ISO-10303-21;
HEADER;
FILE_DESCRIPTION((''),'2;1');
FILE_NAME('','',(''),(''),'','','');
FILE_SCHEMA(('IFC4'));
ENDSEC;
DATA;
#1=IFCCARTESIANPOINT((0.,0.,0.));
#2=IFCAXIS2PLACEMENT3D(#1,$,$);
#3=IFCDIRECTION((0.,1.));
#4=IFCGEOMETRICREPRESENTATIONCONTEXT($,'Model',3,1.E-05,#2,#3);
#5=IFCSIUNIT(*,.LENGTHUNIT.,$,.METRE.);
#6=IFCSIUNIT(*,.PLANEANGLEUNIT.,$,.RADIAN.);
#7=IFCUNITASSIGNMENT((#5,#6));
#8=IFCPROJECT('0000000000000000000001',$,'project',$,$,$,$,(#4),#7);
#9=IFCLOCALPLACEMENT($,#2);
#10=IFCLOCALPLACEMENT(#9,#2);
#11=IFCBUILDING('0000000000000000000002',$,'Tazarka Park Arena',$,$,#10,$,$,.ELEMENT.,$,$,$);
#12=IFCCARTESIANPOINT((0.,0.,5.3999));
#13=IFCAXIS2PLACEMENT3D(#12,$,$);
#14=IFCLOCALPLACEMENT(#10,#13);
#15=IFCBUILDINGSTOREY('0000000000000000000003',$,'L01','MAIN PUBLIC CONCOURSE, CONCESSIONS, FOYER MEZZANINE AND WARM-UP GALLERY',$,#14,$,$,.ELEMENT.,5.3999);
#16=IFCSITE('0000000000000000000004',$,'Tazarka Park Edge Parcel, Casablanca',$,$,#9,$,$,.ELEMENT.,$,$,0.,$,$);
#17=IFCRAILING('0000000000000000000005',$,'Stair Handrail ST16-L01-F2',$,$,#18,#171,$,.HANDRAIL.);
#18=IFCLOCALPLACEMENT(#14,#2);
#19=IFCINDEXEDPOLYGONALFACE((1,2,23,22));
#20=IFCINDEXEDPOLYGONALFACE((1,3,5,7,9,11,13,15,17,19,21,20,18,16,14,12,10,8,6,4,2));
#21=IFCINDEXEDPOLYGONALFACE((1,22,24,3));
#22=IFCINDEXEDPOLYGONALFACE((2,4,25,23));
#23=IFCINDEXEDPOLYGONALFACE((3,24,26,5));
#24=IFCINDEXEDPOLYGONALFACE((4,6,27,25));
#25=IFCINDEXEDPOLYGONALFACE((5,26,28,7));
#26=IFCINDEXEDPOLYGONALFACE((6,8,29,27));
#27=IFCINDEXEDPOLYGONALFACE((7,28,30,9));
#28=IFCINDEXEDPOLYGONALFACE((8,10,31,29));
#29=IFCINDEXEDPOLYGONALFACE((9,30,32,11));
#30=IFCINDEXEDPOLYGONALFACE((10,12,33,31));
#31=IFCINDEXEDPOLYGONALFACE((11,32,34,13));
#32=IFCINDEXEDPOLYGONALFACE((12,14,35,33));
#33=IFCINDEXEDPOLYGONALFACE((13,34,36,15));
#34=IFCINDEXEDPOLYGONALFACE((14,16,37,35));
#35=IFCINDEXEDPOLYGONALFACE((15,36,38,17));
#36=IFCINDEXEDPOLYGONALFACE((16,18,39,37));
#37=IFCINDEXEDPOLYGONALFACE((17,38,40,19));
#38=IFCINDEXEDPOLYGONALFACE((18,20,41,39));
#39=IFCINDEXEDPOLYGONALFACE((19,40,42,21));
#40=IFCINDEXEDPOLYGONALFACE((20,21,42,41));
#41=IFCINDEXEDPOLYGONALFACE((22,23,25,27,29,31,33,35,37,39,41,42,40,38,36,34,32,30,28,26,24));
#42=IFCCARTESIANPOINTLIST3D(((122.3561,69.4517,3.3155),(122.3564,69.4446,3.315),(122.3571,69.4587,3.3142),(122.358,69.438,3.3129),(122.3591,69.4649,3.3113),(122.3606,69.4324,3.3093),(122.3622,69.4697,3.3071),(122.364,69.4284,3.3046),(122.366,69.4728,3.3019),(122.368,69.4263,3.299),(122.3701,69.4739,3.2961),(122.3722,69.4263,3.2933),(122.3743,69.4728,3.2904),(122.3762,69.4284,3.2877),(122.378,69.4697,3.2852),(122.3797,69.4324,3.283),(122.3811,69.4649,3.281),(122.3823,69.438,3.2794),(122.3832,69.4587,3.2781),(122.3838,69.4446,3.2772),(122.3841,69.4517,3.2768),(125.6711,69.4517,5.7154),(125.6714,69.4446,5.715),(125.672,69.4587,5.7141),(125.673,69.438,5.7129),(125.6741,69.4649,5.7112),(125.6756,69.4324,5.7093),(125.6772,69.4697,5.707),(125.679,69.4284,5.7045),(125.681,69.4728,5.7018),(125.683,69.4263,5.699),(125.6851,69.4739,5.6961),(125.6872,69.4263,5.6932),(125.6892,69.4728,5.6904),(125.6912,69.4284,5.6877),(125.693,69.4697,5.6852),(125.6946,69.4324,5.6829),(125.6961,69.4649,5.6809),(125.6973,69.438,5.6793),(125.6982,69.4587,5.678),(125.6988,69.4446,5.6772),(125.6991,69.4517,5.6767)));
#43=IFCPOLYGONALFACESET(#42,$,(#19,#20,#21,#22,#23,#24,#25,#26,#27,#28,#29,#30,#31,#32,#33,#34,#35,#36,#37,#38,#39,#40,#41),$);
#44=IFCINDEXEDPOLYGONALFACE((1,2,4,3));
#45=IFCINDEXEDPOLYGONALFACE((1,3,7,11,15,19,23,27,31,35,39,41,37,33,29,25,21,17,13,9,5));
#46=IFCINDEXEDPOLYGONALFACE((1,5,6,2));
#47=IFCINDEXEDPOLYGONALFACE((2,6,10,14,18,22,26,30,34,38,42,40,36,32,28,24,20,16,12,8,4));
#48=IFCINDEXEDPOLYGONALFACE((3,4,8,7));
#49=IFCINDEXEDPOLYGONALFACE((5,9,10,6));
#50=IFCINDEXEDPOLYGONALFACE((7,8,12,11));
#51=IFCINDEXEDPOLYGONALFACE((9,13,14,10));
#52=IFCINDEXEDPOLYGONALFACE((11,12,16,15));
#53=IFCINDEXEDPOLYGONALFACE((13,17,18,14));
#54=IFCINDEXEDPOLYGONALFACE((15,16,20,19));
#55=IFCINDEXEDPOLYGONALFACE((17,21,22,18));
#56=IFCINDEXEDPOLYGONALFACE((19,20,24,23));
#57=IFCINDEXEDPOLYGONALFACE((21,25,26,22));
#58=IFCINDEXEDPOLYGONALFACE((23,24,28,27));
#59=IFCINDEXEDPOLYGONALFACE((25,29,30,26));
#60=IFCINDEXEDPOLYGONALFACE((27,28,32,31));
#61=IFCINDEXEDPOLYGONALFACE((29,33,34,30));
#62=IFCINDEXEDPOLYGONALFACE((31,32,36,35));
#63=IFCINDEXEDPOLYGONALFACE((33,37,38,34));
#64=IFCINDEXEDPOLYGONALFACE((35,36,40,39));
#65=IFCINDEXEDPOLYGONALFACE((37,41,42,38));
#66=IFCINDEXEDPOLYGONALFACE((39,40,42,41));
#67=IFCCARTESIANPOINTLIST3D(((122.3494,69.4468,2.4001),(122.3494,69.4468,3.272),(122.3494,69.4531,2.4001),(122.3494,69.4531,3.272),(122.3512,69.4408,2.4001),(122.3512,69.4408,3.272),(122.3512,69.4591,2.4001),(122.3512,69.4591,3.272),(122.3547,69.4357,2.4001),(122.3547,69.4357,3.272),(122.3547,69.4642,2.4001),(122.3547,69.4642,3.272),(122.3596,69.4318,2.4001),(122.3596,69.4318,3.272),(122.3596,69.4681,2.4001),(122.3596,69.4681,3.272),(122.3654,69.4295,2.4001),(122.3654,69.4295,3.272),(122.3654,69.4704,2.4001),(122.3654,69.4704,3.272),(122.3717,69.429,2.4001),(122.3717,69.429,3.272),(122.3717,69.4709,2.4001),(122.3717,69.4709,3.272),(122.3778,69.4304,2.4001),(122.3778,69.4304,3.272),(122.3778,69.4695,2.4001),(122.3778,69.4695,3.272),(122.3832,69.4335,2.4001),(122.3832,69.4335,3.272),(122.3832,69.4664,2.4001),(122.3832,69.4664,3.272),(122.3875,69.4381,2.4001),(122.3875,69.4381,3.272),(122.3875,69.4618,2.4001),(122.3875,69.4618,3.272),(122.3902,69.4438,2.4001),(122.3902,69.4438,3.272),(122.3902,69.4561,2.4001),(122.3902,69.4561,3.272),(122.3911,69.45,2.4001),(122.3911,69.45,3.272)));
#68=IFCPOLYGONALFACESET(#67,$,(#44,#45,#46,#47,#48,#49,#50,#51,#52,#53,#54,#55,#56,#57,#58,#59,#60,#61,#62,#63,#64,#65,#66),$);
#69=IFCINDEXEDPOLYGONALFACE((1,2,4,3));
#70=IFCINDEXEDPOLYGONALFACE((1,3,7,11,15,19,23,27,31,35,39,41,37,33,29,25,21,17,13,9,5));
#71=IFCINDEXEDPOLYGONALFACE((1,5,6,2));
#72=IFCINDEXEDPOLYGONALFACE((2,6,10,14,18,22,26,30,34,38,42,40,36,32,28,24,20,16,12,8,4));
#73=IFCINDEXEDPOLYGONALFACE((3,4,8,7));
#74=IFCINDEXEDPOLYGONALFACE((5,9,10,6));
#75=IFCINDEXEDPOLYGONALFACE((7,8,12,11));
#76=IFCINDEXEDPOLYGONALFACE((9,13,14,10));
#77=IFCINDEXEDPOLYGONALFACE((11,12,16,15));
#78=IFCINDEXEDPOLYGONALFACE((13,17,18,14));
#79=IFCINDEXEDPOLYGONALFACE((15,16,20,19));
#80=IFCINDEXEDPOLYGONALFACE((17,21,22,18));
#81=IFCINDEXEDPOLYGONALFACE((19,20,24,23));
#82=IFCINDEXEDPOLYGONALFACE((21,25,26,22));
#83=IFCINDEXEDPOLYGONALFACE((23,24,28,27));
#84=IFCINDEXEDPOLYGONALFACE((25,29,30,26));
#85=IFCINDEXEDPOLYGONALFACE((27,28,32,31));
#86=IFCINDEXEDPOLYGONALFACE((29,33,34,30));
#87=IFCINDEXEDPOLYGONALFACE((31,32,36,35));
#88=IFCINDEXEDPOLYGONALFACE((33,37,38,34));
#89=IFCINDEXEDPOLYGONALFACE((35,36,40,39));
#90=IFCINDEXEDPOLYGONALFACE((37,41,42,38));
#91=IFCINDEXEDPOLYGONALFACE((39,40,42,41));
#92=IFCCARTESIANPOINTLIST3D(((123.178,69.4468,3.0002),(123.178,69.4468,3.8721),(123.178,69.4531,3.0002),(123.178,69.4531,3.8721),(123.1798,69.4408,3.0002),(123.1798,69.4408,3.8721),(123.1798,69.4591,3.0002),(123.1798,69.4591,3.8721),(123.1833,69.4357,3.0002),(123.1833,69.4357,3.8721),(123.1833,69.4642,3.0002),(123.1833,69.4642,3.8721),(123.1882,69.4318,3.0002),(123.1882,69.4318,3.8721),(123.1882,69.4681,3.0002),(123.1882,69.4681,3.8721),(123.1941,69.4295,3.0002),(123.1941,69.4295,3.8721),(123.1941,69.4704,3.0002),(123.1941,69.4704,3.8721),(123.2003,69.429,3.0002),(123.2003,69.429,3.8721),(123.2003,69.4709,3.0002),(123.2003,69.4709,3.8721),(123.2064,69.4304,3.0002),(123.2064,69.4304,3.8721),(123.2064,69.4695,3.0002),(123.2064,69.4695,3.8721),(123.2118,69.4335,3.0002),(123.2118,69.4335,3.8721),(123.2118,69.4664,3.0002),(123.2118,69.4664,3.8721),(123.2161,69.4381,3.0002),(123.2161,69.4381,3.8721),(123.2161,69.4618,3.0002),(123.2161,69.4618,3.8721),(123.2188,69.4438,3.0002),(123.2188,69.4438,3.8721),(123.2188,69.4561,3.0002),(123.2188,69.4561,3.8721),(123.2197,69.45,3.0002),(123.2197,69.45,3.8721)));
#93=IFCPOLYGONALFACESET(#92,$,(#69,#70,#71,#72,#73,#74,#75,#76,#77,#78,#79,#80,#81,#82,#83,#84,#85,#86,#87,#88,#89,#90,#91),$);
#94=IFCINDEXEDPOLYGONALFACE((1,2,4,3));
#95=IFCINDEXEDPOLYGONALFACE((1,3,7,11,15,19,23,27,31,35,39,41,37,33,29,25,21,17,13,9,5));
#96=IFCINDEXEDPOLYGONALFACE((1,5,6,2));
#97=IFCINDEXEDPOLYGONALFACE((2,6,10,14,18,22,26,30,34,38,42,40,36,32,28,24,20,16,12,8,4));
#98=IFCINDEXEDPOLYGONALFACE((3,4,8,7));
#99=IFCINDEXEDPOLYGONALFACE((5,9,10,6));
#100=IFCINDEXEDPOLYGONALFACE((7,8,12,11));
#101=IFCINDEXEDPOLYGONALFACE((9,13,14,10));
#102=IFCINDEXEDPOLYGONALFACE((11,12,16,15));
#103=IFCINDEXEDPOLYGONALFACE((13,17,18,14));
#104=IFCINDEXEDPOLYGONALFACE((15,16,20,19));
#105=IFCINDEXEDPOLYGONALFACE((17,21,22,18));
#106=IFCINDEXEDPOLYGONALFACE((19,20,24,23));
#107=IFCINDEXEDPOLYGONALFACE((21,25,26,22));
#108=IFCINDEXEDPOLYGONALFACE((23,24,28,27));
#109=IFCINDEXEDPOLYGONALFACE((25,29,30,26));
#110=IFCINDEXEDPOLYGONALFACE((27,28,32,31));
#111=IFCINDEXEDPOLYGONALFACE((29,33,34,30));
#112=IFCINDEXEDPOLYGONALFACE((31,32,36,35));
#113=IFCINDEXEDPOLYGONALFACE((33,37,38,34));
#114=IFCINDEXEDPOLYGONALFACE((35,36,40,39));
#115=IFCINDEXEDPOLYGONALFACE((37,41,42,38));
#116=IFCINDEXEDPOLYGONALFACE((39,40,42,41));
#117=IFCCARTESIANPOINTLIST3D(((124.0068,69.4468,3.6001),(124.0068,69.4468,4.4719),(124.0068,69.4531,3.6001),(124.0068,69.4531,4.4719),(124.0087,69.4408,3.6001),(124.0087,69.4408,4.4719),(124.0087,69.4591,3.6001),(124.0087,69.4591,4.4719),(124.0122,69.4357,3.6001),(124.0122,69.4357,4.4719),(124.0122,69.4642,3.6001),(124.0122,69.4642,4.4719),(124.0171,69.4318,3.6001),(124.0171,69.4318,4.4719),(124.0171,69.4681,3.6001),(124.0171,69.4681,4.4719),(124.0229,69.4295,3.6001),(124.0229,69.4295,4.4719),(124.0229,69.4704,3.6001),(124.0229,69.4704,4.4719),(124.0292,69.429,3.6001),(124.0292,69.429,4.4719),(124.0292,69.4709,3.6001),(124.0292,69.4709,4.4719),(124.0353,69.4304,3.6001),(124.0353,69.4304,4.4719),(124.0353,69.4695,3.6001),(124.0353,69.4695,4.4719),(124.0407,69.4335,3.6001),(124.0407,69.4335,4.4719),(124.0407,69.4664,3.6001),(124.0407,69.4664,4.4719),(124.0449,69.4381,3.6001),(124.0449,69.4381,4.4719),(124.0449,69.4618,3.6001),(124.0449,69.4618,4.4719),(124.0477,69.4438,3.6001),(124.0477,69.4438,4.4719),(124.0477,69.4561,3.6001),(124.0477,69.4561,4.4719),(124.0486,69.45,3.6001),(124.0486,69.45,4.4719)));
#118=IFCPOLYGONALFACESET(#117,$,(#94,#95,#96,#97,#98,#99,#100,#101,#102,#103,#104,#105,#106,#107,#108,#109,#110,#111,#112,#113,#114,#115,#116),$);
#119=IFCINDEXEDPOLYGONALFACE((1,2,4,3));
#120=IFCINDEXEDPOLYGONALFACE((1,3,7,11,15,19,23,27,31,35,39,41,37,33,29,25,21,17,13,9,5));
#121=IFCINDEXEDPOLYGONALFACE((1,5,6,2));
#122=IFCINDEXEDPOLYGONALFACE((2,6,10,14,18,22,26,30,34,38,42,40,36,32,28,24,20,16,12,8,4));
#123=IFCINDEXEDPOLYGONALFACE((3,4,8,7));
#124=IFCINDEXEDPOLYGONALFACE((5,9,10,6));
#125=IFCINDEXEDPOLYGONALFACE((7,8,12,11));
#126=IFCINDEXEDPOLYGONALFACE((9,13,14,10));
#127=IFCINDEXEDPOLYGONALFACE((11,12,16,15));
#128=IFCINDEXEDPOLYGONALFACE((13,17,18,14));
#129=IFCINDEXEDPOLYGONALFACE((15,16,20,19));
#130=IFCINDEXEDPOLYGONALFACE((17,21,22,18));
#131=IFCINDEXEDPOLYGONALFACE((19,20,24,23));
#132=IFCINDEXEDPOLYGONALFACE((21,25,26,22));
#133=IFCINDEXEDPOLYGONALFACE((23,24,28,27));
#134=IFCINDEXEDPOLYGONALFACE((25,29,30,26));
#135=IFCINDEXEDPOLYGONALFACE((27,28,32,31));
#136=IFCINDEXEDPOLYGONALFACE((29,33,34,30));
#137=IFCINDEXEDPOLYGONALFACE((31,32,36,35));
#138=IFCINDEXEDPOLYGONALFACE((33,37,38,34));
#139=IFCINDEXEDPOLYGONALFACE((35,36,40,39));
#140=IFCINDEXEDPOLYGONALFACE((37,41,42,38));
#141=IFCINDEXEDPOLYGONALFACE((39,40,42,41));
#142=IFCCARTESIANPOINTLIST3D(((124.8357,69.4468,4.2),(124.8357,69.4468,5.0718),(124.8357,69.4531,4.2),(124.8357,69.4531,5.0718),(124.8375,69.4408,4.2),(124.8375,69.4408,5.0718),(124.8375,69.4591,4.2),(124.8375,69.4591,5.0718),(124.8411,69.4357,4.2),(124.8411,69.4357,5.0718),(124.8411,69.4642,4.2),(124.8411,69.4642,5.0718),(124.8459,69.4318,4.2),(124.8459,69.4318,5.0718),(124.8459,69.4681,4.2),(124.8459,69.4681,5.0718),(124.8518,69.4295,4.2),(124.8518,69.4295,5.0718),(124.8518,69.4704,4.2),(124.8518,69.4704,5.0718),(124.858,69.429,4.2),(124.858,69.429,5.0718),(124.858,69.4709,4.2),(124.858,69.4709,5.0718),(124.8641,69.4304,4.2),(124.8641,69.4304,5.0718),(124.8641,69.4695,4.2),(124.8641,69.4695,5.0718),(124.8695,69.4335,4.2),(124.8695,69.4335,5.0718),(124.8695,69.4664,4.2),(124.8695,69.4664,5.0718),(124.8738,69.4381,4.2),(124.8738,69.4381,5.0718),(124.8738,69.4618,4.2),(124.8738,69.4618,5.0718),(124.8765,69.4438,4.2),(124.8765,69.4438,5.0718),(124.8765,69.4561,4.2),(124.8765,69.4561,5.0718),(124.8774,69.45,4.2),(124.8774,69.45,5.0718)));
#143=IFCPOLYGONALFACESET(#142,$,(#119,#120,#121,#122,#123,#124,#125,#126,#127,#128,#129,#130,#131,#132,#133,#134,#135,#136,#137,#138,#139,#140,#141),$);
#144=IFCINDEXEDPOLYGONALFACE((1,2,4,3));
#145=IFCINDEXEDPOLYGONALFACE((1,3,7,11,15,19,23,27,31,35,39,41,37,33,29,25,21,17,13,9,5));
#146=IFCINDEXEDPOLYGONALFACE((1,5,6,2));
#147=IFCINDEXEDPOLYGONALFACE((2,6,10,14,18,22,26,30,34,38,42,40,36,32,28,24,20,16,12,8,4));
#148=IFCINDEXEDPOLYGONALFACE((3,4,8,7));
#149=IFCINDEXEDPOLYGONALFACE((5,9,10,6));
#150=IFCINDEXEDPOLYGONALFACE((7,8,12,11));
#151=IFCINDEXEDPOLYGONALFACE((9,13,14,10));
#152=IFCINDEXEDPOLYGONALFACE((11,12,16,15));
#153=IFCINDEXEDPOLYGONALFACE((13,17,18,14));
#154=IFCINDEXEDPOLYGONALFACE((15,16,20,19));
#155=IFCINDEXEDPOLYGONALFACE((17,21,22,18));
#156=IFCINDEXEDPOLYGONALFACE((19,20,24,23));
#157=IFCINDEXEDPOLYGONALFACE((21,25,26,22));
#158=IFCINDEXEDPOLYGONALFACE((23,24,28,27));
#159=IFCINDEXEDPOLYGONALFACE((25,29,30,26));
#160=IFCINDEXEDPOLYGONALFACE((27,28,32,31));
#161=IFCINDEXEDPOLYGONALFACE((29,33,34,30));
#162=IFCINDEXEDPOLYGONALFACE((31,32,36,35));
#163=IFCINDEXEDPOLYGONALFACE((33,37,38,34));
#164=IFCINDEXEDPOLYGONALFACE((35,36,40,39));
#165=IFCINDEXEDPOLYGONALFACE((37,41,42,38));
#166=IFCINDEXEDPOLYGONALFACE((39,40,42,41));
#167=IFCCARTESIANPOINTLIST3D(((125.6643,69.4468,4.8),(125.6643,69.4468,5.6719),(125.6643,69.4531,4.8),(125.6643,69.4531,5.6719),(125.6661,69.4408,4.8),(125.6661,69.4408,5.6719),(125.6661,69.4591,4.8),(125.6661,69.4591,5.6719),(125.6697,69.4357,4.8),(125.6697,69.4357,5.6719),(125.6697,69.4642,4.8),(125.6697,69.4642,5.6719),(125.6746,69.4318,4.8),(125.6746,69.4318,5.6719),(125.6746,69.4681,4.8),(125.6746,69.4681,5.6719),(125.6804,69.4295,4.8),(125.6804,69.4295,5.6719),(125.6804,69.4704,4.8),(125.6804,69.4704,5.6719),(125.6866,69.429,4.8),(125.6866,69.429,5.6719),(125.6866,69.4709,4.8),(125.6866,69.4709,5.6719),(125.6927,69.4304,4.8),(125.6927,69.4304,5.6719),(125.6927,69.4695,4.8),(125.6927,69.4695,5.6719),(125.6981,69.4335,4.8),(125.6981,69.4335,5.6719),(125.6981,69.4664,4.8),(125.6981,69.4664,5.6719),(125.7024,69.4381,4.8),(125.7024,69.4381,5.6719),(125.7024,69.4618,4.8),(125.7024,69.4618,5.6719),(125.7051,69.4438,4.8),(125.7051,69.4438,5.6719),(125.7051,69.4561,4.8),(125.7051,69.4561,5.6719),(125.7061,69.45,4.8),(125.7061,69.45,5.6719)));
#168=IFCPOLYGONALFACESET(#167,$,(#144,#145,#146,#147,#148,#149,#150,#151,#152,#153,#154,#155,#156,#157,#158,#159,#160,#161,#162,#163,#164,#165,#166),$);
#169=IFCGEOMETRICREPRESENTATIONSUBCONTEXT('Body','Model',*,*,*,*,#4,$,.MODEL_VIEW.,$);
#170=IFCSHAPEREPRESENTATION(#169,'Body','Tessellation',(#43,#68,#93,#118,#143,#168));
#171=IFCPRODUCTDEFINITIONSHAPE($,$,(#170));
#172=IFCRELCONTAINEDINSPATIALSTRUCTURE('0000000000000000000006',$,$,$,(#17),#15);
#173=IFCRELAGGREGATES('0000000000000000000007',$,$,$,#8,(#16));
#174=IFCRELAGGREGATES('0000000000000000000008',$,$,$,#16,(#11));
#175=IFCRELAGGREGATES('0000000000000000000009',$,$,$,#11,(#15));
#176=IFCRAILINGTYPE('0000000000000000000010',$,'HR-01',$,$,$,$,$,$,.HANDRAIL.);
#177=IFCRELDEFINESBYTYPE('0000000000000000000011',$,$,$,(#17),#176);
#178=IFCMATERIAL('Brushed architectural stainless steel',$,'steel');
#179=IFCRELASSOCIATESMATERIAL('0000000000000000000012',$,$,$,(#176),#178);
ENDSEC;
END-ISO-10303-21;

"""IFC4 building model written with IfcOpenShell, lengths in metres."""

from ifc_helpers import new_model, si_unit, direction, frame, origin, origin_2d, place, context, subcontext, project, spatial, circle, extrude, material, type_object, element, save


model = new_model("IFC4")

# Units and contexts
model_context = context("Model", 3, precision=1e-05, world=origin(), true_north=direction((0.0, 1.0)))
body_context = subcontext(model_context, "Body", "Model", "MODEL_VIEW")
ifc_project = project(units=[si_unit("LENGTHUNIT", "METRE"), si_unit("PLANEANGLEUNIT", "RADIAN")], contexts=[model_context])

# Site, building, storey
site_placement = place(None, origin())
site = spatial("IfcSite", under=ifc_project, at=site_placement, Name="Tazarka Park Edge Parcel, Casablanca", CompositionType="ELEMENT", RefElevation=0.0)
building_placement = place(site_placement, origin())
building = spatial("IfcBuilding", under=site, at=building_placement, Name="Tazarka Park Arena", CompositionType="ELEMENT")
storey_placement = place(building_placement, frame((0.0, 0.0, 5.3999)))
storey = spatial("IfcBuildingStorey", under=building, at=storey_placement, Name="L01", Description="MAIN PUBLIC CONCOURSE, CONCESSIONS, FOYER MEZZANINE AND WARM-UP GALLERY", CompositionType="ELEMENT", Elevation=5.3999)

# Railing
ifc_material_1 = material(Name="Brushed architectural stainless steel", Category="steel")
railing_type_1 = type_object("IfcRailingType", Name="HR-01", PredefinedType="HANDRAIL", material=ifc_material_1)
for number, where, name in (
    (1, (122.3701, 69.45, 2.4001), "Stair Handrail ST16-L01-F2"),
):
    element("IfcRailing", number, at=place(storey_placement, frame(where)), inside=storey, type_object=railing_type_1, Name=name, PredefinedType="HANDRAIL", context=body_context, shape_type="SweptSolid", body=[
        extrude(circle(Radius=0.0239, at=origin_2d()), frame((0.0, 0.0, 0.896), z_axis=(0.810009, 0.0, 0.586418), x_axis=(0.0, 1.0, 0.0)), (0.0, 0.0, 1.0), 4.0925),
        extrude(circle(Radius=0.021, at=origin_2d()), origin(), (0.0, 0.0, 1.0), 0.8718),
        extrude(circle(Radius=0.021, at=origin_2d()), frame((0.8286, 0.0, 0.6001)), (0.0, 0.0, 1.0), 0.8718),
        extrude(circle(Radius=0.021, at=origin_2d()), frame((1.6575, 0.0, 1.2)), (0.0, 0.0, 1.0), 0.8718),
        extrude(circle(Radius=0.021, at=origin_2d()), frame((2.4863, 0.0, 1.7998)), (0.0, 0.0, 1.0), 0.8718),
        extrude(circle(Radius=0.021, at=origin_2d()), frame((3.3149, 0.0, 2.3999)), (0.0, 0.0, 1.0), 0.8718),
    ])

save(model, "model.ifc")
